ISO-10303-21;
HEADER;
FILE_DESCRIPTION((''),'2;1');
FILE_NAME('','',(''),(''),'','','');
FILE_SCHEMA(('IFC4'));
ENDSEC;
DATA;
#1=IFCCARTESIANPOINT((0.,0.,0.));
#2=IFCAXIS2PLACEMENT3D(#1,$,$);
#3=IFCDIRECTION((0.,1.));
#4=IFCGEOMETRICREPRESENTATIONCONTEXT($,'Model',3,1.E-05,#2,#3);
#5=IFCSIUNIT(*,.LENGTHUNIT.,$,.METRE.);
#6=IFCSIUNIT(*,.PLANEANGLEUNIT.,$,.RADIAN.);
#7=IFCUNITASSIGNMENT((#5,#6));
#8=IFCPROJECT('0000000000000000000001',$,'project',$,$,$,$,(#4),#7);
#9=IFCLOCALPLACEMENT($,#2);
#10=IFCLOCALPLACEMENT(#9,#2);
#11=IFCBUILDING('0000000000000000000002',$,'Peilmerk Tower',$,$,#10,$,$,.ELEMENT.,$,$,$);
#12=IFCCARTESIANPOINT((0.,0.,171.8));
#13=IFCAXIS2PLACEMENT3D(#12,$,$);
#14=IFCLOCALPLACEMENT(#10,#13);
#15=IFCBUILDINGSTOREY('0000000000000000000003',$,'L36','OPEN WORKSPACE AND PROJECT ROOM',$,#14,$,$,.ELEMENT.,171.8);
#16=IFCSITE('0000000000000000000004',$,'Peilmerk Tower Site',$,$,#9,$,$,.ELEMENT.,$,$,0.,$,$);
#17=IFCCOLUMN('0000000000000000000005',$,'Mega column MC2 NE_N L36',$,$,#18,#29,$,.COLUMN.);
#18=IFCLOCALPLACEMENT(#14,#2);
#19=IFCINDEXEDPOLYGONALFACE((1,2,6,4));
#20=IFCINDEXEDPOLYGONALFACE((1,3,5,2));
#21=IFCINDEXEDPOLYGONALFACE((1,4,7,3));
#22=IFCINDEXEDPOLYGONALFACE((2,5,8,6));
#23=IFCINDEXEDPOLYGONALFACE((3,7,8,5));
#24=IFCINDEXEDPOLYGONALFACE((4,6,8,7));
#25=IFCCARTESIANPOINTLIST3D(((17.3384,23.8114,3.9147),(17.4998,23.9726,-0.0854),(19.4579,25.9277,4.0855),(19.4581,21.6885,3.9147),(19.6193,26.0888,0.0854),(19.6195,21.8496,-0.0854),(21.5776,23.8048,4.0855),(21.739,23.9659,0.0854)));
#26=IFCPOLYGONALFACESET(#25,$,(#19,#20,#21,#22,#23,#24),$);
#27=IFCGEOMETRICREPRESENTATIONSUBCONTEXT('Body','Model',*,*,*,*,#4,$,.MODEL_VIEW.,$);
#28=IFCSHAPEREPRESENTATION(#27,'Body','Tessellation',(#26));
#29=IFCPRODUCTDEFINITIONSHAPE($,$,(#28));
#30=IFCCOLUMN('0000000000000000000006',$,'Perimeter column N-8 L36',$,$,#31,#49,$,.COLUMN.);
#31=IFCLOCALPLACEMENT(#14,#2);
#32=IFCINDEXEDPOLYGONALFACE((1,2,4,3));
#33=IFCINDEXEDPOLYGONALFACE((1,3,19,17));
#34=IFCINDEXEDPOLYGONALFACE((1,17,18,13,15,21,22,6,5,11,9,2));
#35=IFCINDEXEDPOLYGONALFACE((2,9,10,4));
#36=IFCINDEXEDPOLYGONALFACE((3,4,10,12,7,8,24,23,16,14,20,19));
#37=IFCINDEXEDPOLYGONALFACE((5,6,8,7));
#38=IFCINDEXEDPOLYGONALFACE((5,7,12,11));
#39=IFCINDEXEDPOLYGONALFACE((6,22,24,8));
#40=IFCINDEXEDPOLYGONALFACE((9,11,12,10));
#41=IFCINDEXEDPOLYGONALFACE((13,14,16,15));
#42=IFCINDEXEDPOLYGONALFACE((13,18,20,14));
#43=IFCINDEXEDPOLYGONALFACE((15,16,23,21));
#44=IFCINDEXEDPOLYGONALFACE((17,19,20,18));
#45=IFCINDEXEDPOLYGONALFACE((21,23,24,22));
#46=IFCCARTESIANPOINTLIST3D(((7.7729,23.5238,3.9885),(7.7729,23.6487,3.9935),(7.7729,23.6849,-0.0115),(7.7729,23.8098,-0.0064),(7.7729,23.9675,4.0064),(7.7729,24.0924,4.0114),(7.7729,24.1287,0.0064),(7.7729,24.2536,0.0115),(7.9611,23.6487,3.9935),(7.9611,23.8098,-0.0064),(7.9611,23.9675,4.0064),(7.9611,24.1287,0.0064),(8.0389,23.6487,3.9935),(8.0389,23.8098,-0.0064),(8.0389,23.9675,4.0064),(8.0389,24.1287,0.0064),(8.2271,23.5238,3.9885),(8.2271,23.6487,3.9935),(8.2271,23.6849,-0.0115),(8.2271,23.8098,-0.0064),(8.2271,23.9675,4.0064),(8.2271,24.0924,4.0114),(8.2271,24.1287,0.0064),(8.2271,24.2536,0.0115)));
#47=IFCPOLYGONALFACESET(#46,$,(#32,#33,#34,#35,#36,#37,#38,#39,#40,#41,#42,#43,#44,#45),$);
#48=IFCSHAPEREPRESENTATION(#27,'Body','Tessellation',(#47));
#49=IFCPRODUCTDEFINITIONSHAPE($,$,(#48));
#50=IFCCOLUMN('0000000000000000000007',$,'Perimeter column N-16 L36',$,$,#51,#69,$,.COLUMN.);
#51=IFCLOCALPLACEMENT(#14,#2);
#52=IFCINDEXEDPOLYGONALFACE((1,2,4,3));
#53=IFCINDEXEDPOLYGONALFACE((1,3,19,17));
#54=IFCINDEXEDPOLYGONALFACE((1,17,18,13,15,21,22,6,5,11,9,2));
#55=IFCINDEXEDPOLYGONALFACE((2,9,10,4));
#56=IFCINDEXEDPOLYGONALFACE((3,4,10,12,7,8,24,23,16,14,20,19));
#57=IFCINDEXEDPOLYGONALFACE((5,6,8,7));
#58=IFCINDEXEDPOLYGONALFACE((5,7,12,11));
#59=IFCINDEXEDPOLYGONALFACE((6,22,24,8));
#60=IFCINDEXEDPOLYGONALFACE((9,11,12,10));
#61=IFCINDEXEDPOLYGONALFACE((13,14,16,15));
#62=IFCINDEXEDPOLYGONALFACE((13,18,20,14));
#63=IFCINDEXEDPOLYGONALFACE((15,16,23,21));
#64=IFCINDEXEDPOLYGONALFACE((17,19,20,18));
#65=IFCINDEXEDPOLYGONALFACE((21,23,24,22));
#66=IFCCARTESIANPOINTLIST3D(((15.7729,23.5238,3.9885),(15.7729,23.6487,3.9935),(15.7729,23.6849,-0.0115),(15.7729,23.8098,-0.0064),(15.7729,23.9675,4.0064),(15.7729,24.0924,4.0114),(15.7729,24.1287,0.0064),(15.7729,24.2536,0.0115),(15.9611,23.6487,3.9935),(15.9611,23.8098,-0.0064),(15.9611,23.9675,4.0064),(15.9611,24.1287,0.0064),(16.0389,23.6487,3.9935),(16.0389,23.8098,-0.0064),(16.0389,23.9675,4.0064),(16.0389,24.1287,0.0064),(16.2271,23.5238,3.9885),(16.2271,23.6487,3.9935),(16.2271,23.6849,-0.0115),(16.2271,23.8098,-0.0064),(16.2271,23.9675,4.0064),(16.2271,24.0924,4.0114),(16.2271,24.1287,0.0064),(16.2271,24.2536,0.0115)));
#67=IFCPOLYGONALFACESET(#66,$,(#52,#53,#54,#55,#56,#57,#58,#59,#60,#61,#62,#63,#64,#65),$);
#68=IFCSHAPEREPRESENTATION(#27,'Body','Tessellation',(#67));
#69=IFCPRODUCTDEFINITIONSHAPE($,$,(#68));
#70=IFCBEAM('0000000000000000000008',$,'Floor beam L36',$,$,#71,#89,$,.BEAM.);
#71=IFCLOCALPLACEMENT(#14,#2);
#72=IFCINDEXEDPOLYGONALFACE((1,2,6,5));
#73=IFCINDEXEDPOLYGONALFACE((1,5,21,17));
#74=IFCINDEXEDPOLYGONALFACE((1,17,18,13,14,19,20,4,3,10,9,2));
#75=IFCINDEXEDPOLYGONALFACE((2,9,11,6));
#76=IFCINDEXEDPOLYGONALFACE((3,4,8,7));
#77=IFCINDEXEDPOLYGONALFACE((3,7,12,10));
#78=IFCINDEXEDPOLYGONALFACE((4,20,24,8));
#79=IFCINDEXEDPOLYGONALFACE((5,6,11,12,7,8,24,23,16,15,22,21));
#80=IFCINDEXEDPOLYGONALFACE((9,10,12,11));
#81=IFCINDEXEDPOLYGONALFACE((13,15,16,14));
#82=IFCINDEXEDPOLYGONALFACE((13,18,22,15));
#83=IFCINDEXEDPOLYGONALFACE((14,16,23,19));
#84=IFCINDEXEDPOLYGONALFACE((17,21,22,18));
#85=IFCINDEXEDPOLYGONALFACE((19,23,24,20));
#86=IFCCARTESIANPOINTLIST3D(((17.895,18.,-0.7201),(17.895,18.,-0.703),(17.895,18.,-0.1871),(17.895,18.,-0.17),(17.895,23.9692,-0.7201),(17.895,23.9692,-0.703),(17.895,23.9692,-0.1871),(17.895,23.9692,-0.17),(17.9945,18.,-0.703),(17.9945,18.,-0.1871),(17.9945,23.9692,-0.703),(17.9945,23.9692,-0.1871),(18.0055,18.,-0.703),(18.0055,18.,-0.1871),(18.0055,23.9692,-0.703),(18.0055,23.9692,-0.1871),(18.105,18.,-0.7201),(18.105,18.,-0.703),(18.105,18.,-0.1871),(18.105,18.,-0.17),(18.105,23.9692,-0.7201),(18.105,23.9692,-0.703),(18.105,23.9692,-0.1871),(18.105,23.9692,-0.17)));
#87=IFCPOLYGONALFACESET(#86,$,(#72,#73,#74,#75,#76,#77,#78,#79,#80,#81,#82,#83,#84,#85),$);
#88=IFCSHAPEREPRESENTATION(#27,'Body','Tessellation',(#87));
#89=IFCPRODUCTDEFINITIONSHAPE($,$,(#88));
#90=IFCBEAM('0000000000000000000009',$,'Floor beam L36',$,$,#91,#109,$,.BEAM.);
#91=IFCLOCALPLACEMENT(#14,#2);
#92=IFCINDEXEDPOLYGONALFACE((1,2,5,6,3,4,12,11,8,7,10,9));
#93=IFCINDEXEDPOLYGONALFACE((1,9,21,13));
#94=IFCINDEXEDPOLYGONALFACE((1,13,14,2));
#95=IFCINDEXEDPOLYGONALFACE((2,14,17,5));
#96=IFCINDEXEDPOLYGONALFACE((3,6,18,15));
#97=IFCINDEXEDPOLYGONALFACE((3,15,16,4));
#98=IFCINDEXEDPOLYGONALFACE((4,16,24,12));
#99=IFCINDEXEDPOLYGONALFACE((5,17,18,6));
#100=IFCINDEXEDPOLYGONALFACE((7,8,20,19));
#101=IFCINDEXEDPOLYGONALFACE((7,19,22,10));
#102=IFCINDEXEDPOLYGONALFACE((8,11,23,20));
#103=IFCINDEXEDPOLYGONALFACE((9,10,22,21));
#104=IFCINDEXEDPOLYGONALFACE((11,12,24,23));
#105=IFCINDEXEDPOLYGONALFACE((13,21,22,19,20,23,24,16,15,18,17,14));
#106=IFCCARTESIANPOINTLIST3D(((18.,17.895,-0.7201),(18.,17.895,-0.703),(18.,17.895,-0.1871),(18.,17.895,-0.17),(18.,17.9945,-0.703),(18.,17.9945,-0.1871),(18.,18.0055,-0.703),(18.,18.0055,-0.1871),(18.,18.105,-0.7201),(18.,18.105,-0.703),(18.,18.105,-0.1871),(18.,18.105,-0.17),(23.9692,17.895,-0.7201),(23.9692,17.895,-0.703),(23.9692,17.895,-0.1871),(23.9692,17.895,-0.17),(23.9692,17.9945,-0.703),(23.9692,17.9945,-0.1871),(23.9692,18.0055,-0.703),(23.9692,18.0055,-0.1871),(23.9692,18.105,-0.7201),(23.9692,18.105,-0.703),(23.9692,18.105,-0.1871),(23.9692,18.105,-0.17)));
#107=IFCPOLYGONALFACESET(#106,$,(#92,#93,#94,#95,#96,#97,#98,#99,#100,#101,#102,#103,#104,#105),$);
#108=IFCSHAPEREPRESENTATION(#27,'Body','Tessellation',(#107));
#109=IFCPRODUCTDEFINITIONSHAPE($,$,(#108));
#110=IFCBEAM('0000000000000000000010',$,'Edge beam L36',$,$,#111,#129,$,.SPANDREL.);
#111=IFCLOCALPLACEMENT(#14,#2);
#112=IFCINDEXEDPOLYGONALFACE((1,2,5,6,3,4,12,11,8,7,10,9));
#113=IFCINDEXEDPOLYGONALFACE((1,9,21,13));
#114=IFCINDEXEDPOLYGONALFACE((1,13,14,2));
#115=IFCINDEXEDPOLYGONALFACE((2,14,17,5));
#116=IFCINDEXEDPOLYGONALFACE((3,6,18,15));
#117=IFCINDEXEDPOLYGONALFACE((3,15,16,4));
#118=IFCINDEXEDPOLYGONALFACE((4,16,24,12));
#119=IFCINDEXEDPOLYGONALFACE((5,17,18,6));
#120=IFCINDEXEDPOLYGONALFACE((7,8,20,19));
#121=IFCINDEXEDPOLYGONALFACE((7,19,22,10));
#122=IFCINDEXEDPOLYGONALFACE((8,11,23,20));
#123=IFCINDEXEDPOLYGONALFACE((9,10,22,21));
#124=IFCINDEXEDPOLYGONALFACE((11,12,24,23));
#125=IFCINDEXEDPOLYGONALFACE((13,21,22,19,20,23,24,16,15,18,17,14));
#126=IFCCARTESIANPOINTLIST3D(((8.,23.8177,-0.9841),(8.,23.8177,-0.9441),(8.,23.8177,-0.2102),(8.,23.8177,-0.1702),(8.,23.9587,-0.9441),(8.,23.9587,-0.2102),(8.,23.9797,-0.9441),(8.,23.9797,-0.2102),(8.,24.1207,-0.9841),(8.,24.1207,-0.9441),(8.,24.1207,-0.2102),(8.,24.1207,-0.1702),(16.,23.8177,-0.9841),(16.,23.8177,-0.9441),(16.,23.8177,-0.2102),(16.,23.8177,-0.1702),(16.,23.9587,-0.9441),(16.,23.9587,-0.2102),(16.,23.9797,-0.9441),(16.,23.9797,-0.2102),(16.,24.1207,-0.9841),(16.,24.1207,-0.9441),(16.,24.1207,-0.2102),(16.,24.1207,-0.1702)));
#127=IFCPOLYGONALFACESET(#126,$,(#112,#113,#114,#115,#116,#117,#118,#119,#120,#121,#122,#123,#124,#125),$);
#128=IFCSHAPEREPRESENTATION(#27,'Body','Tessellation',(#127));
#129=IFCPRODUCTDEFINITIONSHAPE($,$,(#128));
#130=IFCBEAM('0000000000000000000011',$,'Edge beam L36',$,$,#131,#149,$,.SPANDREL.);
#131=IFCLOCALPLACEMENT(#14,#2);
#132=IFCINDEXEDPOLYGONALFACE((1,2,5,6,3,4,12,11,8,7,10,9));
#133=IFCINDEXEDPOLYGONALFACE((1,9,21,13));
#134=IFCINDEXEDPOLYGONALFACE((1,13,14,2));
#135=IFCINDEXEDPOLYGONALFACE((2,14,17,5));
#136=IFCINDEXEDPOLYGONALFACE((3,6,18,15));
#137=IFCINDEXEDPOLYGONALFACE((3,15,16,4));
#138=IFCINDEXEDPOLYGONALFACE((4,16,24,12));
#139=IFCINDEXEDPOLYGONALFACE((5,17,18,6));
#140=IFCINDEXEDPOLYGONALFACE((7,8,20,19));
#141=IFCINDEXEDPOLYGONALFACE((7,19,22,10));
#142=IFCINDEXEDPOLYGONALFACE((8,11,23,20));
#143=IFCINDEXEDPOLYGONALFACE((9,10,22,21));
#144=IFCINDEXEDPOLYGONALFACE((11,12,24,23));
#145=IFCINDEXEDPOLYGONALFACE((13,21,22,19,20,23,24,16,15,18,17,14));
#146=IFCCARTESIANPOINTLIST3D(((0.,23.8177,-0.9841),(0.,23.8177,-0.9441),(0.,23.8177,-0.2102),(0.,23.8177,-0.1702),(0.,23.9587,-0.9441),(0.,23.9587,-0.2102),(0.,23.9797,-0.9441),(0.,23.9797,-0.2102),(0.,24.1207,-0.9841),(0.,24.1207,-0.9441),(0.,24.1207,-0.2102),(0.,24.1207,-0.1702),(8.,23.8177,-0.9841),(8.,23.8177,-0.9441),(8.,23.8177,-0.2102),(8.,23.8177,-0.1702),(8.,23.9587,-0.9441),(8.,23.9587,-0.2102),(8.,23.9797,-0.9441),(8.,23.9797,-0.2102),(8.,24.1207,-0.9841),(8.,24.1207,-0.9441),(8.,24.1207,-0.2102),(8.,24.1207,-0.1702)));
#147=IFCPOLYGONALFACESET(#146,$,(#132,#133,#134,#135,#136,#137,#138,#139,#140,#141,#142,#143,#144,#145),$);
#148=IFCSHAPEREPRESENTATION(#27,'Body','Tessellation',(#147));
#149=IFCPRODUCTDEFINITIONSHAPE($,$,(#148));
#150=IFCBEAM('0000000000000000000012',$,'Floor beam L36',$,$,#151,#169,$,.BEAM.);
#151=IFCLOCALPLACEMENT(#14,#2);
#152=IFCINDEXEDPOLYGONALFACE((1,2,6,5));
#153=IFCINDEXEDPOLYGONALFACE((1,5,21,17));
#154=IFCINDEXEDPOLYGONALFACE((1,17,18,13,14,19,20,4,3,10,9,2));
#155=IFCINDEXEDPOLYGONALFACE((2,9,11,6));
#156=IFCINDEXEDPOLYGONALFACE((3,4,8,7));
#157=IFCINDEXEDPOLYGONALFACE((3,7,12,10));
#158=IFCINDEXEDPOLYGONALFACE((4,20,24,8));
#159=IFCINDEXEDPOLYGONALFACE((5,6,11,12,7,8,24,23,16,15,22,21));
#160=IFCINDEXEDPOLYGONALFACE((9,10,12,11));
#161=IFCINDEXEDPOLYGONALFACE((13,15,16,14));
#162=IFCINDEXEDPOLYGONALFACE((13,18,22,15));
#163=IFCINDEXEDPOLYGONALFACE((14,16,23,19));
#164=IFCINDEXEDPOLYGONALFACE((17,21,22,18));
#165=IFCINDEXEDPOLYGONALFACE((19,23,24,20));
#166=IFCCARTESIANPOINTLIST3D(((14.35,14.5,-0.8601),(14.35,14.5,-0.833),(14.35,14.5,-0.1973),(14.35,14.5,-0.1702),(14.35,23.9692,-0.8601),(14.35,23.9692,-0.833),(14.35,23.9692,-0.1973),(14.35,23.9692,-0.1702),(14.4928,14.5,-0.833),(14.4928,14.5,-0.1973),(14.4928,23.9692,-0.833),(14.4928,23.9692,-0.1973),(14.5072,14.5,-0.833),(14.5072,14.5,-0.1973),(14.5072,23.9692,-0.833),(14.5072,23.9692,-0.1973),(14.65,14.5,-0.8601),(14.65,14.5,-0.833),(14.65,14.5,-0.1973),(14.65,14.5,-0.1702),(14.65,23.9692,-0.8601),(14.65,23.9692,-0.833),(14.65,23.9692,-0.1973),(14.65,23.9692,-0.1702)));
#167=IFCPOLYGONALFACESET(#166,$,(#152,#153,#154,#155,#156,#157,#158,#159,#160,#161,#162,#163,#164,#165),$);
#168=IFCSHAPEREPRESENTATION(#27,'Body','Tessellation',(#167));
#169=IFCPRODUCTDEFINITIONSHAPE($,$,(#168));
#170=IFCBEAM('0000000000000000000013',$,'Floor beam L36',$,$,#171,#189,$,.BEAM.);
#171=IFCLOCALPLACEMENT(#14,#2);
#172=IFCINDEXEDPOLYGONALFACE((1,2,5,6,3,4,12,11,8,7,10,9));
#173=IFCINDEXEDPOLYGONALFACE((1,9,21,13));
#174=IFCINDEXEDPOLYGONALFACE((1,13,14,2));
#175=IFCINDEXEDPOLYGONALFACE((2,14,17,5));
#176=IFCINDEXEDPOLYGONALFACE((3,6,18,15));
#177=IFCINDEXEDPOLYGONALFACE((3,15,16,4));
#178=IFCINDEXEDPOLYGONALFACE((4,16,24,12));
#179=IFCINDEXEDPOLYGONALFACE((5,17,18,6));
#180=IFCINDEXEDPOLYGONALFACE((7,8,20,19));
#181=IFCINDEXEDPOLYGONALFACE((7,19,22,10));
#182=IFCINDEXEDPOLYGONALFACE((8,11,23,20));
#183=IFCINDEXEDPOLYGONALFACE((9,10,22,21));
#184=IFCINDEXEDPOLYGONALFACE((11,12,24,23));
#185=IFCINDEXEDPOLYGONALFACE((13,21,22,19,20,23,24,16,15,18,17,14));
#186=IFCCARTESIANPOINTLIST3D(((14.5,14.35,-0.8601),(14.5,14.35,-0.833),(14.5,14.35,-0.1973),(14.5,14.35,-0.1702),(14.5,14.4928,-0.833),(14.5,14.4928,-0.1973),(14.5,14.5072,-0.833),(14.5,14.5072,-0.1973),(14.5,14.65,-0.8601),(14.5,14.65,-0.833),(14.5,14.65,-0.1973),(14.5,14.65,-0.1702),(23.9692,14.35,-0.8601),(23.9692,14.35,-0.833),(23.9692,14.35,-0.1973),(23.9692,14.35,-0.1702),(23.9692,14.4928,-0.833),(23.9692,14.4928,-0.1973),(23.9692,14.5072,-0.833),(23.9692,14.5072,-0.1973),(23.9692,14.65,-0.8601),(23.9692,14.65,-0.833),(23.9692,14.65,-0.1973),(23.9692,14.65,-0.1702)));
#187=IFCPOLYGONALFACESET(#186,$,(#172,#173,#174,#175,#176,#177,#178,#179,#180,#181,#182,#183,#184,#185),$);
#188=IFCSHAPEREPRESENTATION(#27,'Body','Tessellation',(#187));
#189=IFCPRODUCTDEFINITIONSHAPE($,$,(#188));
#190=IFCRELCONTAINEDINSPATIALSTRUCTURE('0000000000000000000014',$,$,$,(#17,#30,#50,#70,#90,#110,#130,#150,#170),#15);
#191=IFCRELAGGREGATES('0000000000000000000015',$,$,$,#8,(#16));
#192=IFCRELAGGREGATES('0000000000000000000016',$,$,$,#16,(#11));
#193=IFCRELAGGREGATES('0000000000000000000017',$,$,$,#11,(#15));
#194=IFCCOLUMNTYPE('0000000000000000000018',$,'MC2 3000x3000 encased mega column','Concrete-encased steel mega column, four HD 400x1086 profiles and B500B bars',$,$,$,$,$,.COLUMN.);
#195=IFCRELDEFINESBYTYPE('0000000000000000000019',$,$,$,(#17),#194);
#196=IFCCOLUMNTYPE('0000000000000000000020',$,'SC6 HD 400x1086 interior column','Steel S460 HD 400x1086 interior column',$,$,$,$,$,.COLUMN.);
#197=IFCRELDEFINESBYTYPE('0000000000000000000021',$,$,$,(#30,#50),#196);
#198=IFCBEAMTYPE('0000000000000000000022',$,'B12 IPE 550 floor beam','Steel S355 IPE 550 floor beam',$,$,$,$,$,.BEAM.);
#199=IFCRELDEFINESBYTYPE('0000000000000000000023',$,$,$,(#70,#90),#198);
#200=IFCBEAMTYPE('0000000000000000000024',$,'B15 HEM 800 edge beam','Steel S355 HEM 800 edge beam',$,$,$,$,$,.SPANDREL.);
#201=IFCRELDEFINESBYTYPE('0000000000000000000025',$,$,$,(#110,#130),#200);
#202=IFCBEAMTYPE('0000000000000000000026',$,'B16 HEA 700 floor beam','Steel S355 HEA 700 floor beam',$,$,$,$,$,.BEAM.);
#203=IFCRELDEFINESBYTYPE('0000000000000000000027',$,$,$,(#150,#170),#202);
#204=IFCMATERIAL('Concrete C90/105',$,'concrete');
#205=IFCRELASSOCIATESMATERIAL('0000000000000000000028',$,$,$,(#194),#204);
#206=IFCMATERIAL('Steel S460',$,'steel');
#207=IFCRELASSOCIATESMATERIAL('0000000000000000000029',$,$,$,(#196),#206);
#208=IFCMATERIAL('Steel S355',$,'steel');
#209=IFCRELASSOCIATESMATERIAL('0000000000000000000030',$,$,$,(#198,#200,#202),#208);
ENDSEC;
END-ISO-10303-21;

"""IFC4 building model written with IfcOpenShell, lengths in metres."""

from ifc_helpers import new_model, si_unit, direction, frame, origin, origin_2d, place, context, subcontext, project, spatial, rectangle, i_section, extrude, material, material_profile, profile_set, type_object, element, save


model = new_model("IFC4")

# Units and contexts
model_context = context("Model", 3, precision=1e-05, world=origin(), true_north=direction((0.0, 1.0)))
body_context = subcontext(model_context, "Body", "Model", "MODEL_VIEW")
ifc_project = project(units=[si_unit("LENGTHUNIT", "METRE"), si_unit("PLANEANGLEUNIT", "RADIAN")], contexts=[model_context])

# Site, building, storey
site_placement = place(None, origin())
site = spatial("IfcSite", under=ifc_project, at=site_placement, Name="Peilmerk Tower Site", CompositionType="ELEMENT", RefElevation=0.0)
building_placement = place(site_placement, origin())
building = spatial("IfcBuilding", under=site, at=building_placement, Name="Peilmerk Tower", CompositionType="ELEMENT")
storey_placement = place(building_placement, frame((0.0, 0.0, 171.8)))
storey = spatial("IfcBuildingStorey", under=building, at=storey_placement, Name="L36", Description="OPEN WORKSPACE AND PROJECT ROOM", CompositionType="ELEMENT", Elevation=171.8)

# Columns
ifc_material_1 = material(Name="Concrete C90/105", Category="concrete")
ifc_material_profile_1 = material_profile(ifc_material_1, rectangle(XDim=3.0, YDim=3.0, at=origin_2d()), Name="RC 3000x3000")
ifc_profile_set_1 = profile_set([ifc_material_profile_1], Name="Concrete C90/105")
column_type_1 = type_object("IfcColumnType", Name="MC2 3000x3000 encased mega column", Description="Concrete-encased steel mega column, four HD 400x1086 profiles and B500B bars", PredefinedType="COLUMN", material=ifc_profile_set_1)
column_placement = place(storey_placement, frame((19.6194, 23.9692, 0.0), z_axis=(-0.040279, -0.040218, 0.998379), x_axis=(0.706571, -0.707642, 0.0)))
element("IfcColumn", 1, at=column_placement, inside=storey, type_object=column_type_1, Name="Mega column MC2 NE_N L36", PredefinedType="COLUMN", context=body_context, shape_type="SweptSolid", body=[
    extrude(rectangle(XDim=3.0, YDim=3.0, at=origin_2d()), origin(), (0.0, 0.0, 1.0), 4.0066),
])
ifc_material_2 = material(Name="Steel S460", Category="steel")
ifc_material_profile_2 = material_profile(ifc_material_2, i_section(OverallWidth=0.4541, OverallDepth=0.5691, WebThickness=0.0779, FlangeThickness=0.125, at=origin_2d()), Name="HD 400x1086")
ifc_profile_set_2 = profile_set([ifc_material_profile_2], Name="Steel S460")
column_type_2 = type_object("IfcColumnType", Name="SC6 HD 400x1086 interior column", Description="Steel S460 HD 400x1086 interior column", PredefinedType="COLUMN", material=ifc_profile_set_2)
for number, where, z_axis, x_axis, name in (
    (2, (8.0, 23.9692, 0.0), (0.0, -0.040251, 0.99919), (1.0, 0.0, 0.0), "Perimeter column N-8 L36"),
    (3, (16.0, 23.9692, 0.0), (0.0, -0.040251, 0.99919), (1.0, 0.0, 0.0), "Perimeter column N-16 L36"),
):
    element("IfcColumn", number, at=place(storey_placement, frame(where, z_axis=z_axis, x_axis=x_axis)), inside=storey, type_object=column_type_2, Name=name, PredefinedType="COLUMN", context=body_context, shape_type="SweptSolid", body=[
        extrude(i_section(OverallWidth=0.4541, OverallDepth=0.5691, WebThickness=0.0779, FlangeThickness=0.125, at=origin_2d()), origin(), (0.0, 0.0, 1.0), 4.0032),
    ])

# Beams
ifc_material_3 = material(Name="Steel S355", Category="steel")
ifc_material_profile_3 = material_profile(ifc_material_3, i_section(OverallWidth=0.21, OverallDepth=0.55, WebThickness=0.011, FlangeThickness=0.0171, at=origin_2d()), Name="IPE 550")
ifc_profile_set_3 = profile_set([ifc_material_profile_3], Name="Steel S355")
beam_type_1 = type_object("IfcBeamType", Name="B12 IPE 550 floor beam", Description="Steel S355 IPE 550 floor beam", PredefinedType="BEAM", material=ifc_profile_set_3)
for number, where, z_axis, x_axis, name in (
    (4, (18.0, 18.0, -0.4451), (0.0, 1.0, 0.0), (-1.0, 0.0, 0.0), "Floor beam L36"),
    (5, (18.0, 18.0, -0.4451), (1.0, 0.0, 0.0), (0.0, 1.0, 0.0), "Floor beam L36"),
):
    element("IfcBeam", number, at=place(storey_placement, frame(where, z_axis=z_axis, x_axis=x_axis)), inside=storey, type_object=beam_type_1, Name=name, PredefinedType="BEAM", context=body_context, shape_type="SweptSolid", body=[
        extrude(i_section(OverallWidth=0.21, OverallDepth=0.55, WebThickness=0.011, FlangeThickness=0.0171, at=origin_2d()), origin(), (0.0, 0.0, 1.0), 5.9692),
    ])
ifc_material_profile_4 = material_profile(ifc_material_3, i_section(OverallWidth=0.303, OverallDepth=0.814, WebThickness=0.021, FlangeThickness=0.04, at=origin_2d()), Name="HEM 800")
ifc_profile_set_4 = profile_set([ifc_material_profile_4], Name="Steel S355")
beam_type_2 = type_object("IfcBeamType", Name="B15 HEM 800 edge beam", Description="Steel S355 HEM 800 edge beam", PredefinedType="SPANDREL", material=ifc_profile_set_4)
for number, where, z_axis, x_axis, name in (
    (6, (16.0, 23.9692, -0.5771), (-1.0, 0.0, 0.0), (0.0, -1.0, 0.0), "Edge beam L36"),
    (7, (8.0, 23.9692, -0.5771), (-1.0, 0.0, 0.0), (0.0, -1.0, 0.0), "Edge beam L36"),
):
    element("IfcBeam", number, at=place(storey_placement, frame(where, z_axis=z_axis, x_axis=x_axis)), inside=storey, type_object=beam_type_2, Name=name, PredefinedType="SPANDREL", context=body_context, shape_type="SweptSolid", body=[
        extrude(i_section(OverallWidth=0.303, OverallDepth=0.814, WebThickness=0.021, FlangeThickness=0.04, at=origin_2d()), origin(), (0.0, 0.0, 1.0), 8.0),
    ])
ifc_material_profile_5 = material_profile(ifc_material_3, i_section(OverallWidth=0.3, OverallDepth=0.6899, WebThickness=0.0144, FlangeThickness=0.0271, at=origin_2d()), Name="HEA 700")
ifc_profile_set_5 = profile_set([ifc_material_profile_5], Name="Steel S355")
beam_type_3 = type_object("IfcBeamType", Name="B16 HEA 700 floor beam", Description="Steel S355 HEA 700 floor beam", PredefinedType="BEAM", material=ifc_profile_set_5)
for number, where, z_axis, x_axis, name in (
    (8, (14.5, 14.5, -0.5151), (0.0, 1.0, 0.0), (-1.0, 0.0, 0.0), "Floor beam L36"),
    (9, (14.5, 14.5, -0.5151), (1.0, 0.0, 0.0), (0.0, 1.0, 0.0), "Floor beam L36"),
):
    element("IfcBeam", number, at=place(storey_placement, frame(where, z_axis=z_axis, x_axis=x_axis)), inside=storey, type_object=beam_type_3, Name=name, PredefinedType="BEAM", context=body_context, shape_type="SweptSolid", body=[
        extrude(i_section(OverallWidth=0.3, OverallDepth=0.6899, WebThickness=0.0144, FlangeThickness=0.0271, at=origin_2d()), origin(), (0.0, 0.0, 1.0), 9.4692),
    ])

save(model, "model.ifc")
